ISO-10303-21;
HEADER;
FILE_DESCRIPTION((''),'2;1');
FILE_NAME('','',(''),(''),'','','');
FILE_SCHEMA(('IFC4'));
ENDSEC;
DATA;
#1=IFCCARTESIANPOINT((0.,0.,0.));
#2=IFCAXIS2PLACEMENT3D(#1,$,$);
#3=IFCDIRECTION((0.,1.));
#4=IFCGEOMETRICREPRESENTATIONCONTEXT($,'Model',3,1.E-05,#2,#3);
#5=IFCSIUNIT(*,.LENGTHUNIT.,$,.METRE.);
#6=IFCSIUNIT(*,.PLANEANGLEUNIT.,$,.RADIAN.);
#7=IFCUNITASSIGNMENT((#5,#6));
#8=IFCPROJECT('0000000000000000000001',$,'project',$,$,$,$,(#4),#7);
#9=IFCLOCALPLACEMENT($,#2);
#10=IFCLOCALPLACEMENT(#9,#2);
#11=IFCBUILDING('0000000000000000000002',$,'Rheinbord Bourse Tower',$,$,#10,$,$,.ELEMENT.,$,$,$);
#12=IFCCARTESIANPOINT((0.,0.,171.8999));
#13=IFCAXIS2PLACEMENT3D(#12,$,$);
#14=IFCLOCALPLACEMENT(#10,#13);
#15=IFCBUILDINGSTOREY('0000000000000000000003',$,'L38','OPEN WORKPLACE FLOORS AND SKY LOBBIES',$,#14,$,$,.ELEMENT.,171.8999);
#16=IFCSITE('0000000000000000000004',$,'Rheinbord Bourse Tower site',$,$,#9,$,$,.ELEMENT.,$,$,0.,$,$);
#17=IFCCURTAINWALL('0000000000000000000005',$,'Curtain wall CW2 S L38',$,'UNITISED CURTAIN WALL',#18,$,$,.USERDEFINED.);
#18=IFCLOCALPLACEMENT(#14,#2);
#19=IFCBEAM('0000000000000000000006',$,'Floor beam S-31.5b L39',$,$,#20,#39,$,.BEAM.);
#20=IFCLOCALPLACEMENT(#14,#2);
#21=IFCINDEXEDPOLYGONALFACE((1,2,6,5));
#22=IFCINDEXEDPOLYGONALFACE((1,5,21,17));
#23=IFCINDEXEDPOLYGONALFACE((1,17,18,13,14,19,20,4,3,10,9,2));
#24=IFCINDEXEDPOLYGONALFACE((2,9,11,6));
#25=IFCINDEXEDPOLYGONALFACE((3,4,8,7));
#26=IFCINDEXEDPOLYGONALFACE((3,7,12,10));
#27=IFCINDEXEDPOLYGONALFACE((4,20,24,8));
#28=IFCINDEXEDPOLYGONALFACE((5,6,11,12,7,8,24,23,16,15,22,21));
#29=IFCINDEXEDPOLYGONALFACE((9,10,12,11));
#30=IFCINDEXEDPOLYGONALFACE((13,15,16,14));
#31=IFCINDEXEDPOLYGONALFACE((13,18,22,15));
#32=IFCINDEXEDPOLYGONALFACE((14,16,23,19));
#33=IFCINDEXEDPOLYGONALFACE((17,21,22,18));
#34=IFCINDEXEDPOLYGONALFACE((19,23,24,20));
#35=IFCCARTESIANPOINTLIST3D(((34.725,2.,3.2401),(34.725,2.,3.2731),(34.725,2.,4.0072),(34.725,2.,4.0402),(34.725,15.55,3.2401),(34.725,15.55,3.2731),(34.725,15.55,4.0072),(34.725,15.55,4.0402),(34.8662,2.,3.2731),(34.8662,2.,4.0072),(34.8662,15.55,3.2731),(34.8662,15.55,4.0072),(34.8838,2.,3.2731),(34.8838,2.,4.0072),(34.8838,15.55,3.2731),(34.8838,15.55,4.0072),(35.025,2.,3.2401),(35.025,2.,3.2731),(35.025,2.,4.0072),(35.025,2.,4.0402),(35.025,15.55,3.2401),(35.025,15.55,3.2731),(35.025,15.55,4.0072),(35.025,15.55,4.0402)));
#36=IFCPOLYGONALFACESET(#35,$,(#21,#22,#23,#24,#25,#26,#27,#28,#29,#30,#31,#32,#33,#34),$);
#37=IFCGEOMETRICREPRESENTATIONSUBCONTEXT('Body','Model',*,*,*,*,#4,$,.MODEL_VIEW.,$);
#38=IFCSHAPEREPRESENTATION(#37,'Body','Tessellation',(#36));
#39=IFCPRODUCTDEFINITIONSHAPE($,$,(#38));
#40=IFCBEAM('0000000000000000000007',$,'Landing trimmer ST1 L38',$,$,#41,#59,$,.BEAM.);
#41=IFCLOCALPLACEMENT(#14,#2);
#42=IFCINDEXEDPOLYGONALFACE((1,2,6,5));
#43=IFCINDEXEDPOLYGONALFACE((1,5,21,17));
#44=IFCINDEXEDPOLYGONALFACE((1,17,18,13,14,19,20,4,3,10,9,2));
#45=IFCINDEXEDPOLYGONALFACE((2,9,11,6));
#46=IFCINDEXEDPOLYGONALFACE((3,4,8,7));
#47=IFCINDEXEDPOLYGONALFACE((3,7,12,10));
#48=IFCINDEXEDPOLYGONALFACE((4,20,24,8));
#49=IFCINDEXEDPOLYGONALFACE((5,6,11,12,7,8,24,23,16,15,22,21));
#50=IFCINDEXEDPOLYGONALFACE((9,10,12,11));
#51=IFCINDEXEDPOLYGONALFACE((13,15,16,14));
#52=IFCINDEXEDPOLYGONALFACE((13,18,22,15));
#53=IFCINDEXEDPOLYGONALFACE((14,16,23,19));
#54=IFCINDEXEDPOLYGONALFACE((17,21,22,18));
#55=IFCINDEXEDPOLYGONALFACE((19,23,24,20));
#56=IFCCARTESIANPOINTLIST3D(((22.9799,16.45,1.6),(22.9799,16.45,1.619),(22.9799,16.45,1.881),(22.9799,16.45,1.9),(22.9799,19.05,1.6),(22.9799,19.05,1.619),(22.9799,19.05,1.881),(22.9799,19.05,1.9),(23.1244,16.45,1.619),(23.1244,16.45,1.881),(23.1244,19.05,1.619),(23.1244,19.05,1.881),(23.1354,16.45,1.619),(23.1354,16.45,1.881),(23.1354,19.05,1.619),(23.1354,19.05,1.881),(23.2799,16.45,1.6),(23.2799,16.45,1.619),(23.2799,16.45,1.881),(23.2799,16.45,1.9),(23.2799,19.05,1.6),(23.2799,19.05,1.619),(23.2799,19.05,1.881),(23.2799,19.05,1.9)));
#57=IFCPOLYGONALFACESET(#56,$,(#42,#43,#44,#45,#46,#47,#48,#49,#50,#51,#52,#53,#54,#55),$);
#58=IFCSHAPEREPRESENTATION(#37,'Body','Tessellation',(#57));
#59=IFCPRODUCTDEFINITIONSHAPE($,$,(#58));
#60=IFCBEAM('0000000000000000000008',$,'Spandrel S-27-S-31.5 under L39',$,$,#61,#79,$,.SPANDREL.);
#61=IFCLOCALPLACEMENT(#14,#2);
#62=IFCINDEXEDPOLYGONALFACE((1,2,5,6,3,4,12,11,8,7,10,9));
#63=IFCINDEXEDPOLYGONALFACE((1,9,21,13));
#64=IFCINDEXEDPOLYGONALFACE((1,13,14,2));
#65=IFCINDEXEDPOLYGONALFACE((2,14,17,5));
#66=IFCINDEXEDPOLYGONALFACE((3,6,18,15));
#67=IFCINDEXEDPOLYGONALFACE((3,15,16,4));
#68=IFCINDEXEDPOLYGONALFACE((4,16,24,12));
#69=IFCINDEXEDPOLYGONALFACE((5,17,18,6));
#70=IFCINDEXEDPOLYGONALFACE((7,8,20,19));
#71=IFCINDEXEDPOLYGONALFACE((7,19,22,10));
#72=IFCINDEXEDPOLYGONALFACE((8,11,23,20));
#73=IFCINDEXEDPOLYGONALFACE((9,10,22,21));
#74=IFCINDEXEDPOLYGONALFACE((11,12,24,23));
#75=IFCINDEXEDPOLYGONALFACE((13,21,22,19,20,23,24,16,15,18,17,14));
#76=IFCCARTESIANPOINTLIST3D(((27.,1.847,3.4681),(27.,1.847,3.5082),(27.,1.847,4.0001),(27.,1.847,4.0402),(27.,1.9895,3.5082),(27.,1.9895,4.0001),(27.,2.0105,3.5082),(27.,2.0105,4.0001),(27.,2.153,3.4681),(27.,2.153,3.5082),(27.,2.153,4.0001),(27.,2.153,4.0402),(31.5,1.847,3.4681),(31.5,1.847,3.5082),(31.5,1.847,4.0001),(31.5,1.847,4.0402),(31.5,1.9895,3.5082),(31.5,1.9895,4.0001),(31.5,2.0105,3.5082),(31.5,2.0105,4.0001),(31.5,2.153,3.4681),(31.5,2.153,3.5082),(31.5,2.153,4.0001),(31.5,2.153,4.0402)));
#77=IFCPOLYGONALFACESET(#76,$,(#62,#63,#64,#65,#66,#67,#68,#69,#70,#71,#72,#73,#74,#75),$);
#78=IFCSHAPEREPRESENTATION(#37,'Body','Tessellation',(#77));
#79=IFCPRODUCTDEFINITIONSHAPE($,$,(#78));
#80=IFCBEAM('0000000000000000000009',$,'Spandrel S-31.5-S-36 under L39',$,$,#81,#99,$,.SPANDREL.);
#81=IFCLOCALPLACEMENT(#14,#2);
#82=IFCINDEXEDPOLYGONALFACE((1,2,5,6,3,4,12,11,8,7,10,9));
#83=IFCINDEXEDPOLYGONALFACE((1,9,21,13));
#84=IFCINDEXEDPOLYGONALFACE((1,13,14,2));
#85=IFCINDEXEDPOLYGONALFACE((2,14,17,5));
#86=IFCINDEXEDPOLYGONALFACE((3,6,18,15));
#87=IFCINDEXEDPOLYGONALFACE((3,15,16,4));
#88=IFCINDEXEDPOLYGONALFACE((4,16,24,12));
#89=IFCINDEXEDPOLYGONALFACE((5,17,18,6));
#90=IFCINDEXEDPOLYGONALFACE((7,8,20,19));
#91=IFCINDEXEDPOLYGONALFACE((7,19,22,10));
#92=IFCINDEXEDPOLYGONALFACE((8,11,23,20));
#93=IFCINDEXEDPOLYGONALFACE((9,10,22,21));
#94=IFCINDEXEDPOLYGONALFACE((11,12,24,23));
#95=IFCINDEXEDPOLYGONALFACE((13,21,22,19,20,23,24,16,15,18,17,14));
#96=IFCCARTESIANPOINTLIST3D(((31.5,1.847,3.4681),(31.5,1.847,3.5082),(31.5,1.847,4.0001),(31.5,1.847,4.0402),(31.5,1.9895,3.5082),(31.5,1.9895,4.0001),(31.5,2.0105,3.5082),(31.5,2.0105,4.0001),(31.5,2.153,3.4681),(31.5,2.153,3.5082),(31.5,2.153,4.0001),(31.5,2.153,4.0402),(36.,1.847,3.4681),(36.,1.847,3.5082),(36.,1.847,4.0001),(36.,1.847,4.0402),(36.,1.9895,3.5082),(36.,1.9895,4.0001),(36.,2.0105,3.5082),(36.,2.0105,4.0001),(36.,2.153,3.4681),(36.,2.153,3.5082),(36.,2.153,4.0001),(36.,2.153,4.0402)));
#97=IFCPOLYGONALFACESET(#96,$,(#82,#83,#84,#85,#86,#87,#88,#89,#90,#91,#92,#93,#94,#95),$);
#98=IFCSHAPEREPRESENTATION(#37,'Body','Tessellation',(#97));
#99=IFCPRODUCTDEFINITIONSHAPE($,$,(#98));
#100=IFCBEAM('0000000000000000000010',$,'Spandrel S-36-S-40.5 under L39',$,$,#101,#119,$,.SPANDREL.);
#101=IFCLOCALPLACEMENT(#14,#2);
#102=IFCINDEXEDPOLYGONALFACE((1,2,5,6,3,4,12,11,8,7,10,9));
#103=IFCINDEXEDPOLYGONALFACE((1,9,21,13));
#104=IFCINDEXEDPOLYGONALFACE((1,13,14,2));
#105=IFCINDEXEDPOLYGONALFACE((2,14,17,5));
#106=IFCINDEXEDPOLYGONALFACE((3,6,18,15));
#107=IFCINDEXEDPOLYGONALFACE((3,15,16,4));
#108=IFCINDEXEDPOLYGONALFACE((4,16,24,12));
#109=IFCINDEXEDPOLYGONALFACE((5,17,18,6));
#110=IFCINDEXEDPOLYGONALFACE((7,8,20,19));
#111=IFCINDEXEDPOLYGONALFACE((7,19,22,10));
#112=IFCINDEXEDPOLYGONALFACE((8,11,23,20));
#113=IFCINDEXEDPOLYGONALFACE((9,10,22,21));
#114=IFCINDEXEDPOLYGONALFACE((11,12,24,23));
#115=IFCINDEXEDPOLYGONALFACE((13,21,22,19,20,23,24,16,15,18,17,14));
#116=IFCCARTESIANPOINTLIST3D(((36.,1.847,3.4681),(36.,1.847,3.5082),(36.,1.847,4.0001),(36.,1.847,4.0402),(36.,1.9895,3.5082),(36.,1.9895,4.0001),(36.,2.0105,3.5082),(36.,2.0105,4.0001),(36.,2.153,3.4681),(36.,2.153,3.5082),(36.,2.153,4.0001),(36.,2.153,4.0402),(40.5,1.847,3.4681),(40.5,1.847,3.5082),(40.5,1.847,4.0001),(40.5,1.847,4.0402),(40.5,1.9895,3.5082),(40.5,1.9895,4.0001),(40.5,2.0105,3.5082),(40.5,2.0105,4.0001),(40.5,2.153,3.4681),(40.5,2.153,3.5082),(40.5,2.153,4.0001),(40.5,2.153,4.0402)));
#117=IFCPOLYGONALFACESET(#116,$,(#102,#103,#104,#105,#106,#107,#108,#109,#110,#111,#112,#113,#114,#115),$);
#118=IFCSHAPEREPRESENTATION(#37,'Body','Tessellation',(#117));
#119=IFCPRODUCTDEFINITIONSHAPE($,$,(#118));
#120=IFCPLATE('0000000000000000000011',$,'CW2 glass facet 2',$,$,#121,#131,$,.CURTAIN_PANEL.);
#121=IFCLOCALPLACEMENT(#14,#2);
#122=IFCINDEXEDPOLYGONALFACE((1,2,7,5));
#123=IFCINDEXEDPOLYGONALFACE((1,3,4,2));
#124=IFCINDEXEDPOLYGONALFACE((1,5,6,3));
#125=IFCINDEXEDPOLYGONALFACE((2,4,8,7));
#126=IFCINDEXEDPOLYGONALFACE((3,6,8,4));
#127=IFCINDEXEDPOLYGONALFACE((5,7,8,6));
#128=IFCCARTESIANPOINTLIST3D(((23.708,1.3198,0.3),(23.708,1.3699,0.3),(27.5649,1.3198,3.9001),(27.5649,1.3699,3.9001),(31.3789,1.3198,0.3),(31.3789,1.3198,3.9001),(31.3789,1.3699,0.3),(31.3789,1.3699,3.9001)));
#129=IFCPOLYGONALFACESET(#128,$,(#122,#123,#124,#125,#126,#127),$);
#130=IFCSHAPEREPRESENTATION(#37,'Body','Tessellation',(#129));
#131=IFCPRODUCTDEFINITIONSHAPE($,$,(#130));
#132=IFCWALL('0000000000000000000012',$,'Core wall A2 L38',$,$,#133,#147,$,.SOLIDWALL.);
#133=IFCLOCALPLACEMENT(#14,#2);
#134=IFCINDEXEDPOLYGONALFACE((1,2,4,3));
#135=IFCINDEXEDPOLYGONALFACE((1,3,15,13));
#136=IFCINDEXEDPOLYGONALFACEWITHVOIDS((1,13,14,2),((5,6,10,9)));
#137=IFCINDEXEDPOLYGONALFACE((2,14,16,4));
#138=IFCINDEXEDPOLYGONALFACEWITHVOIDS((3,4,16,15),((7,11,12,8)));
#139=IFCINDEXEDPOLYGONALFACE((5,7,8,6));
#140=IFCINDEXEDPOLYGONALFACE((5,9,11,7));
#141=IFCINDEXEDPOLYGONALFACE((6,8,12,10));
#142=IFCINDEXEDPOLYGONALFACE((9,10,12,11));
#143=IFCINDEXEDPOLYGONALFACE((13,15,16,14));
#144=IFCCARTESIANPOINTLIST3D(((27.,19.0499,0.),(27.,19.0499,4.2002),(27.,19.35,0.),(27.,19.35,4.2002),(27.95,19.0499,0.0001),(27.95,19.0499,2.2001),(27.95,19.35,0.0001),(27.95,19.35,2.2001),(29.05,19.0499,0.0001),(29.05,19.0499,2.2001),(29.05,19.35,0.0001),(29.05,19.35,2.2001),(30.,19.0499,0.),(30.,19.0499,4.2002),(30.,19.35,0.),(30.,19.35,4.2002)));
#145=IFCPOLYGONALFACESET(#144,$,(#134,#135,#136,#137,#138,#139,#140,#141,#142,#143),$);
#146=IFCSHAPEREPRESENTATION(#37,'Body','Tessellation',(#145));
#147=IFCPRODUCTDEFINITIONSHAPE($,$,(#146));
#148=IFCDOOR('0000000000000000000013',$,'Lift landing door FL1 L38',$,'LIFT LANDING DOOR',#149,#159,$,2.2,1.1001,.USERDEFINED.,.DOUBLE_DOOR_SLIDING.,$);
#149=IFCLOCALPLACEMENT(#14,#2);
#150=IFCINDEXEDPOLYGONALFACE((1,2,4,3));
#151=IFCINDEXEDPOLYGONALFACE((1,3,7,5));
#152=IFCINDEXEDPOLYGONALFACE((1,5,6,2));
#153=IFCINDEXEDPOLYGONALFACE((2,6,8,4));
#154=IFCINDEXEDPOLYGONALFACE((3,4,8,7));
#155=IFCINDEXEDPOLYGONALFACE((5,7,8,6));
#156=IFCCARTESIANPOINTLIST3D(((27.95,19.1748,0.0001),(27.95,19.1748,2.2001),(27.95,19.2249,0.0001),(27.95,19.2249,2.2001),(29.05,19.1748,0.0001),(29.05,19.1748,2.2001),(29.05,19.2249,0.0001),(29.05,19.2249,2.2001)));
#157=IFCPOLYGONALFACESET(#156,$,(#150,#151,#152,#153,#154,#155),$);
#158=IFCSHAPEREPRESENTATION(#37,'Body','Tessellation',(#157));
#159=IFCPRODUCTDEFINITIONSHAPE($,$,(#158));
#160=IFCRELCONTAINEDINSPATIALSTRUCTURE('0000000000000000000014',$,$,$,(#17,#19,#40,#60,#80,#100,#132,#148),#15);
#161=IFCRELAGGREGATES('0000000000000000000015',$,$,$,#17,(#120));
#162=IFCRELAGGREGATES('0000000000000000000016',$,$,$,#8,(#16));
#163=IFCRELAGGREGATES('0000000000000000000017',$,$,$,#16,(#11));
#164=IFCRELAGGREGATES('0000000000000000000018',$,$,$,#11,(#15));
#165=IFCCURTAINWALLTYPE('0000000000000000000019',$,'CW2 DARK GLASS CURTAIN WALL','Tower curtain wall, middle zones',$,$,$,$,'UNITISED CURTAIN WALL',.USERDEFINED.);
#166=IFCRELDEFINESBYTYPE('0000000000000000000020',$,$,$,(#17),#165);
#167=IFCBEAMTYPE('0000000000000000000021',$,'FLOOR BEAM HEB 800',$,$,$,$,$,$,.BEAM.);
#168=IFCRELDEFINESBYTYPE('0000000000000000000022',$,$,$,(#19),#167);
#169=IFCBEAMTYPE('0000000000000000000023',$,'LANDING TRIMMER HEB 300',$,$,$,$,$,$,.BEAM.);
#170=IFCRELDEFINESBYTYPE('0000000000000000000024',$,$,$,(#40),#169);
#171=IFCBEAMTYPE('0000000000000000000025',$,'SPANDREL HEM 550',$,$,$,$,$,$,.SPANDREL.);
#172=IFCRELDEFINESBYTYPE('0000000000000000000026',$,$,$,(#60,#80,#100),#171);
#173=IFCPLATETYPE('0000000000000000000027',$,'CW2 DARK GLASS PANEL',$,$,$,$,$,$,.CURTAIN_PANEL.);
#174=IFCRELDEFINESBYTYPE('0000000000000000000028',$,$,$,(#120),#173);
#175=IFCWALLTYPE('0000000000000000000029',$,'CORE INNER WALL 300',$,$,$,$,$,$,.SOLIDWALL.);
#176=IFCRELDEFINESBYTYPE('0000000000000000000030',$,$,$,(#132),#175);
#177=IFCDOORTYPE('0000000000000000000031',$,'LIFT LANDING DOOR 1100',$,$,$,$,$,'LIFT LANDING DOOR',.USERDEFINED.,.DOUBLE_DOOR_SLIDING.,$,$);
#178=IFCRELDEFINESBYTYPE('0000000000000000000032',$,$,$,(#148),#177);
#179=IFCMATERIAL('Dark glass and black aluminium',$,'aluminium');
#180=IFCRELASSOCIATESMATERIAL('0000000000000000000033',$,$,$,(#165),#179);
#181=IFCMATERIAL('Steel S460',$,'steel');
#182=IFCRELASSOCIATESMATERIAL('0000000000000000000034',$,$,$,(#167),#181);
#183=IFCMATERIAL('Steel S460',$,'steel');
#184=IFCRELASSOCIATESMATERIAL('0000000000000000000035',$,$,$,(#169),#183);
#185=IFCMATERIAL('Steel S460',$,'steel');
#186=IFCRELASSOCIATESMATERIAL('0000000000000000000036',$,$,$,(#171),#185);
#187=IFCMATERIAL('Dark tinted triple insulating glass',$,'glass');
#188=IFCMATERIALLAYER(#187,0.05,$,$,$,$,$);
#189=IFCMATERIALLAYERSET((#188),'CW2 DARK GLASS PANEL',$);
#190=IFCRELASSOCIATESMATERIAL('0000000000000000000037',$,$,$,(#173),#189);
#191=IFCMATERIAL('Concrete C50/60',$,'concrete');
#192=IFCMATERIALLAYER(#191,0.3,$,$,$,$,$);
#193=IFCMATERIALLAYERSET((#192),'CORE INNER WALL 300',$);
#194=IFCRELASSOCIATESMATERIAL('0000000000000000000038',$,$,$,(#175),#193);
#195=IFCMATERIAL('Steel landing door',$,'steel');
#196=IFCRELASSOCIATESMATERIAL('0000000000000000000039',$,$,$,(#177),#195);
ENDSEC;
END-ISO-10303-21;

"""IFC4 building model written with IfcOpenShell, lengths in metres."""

from ifc_helpers import new_model, si_unit, direction, frame, frame_2d, origin, origin_2d, place, context, subcontext, project, spatial, polyline, rectangle, i_section, outline, extrude, material, layer, layer_set, material_profile, profile_set, type_object, element, fill, aggregate, save


model = new_model("IFC4")

# Units and contexts
model_context = context("Model", 3, precision=1e-05, world=origin(), true_north=direction((0.0, 1.0)))
body_context = subcontext(model_context, "Body", "Model", "MODEL_VIEW")
ifc_project = project(units=[si_unit("LENGTHUNIT", "METRE"), si_unit("PLANEANGLEUNIT", "RADIAN")], contexts=[model_context])

# Site, building, storey
site_placement = place(None, origin())
site = spatial("IfcSite", under=ifc_project, at=site_placement, Name="Rheinbord Bourse Tower site", CompositionType="ELEMENT", RefElevation=0.0)
building_placement = place(site_placement, origin())
building = spatial("IfcBuilding", under=site, at=building_placement, Name="Rheinbord Bourse Tower", CompositionType="ELEMENT")
storey_placement = place(building_placement, frame((0.0, 0.0, 171.8999)))
storey = spatial("IfcBuildingStorey", under=building, at=storey_placement, Name="L38", Description="OPEN WORKPLACE FLOORS AND SKY LOBBIES", CompositionType="ELEMENT", Elevation=171.8999)

# Curtain wall
ifc_material_1 = material(Name="Dark glass and black aluminium", Category="aluminium")
curtain_wall_type = type_object("IfcCurtainWallType", Name="CW2 DARK GLASS CURTAIN WALL", Description="Tower curtain wall, middle zones", ElementType="UNITISED CURTAIN WALL", PredefinedType="USERDEFINED", material=ifc_material_1)
curtain_wall_placement = place(storey_placement, origin())
curtain_wall = element("IfcCurtainWall", 1, at=curtain_wall_placement, inside=storey, type_object=curtain_wall_type, Name="Curtain wall CW2 S L38", ObjectType="UNITISED CURTAIN WALL", PredefinedType="USERDEFINED")

# Beams
ifc_material_2 = material(Name="Steel S460", Category="steel")
ifc_material_profile_1 = material_profile(ifc_material_2, i_section(OverallWidth=0.3, OverallDepth=0.8, WebThickness=0.0176, FlangeThickness=0.033, at=origin_2d()), Name="HEB 800")
ifc_profile_set_1 = profile_set([ifc_material_profile_1], Name="Steel S460")
beam_type_1 = type_object("IfcBeamType", Name="FLOOR BEAM HEB 800", PredefinedType="BEAM", material=ifc_profile_set_1)
for number, where, z_axis, x_axis, name in (
    (2, (34.875, 2.0, 3.6401), (0.0, 1.0, 0.0), (-1.0, 0.0, 0.0), "Floor beam S-31.5b L39"),
):
    element("IfcBeam", number, at=place(storey_placement, frame(where, z_axis=z_axis, x_axis=x_axis)), inside=storey, type_object=beam_type_1, Name=name, PredefinedType="BEAM", context=body_context, shape_type="SweptSolid", body=[
        extrude(i_section(OverallWidth=0.3, OverallDepth=0.8, WebThickness=0.0176, FlangeThickness=0.033, at=origin_2d()), origin(), (0.0, 0.0, 1.0), 13.55),
    ])
ifc_material_3 = material(Name="Steel S460", Category="steel")
ifc_material_profile_2 = material_profile(ifc_material_3, i_section(OverallWidth=0.3, OverallDepth=0.3, WebThickness=0.011, FlangeThickness=0.019, at=origin_2d()), Name="HEB 300")
ifc_profile_set_2 = profile_set([ifc_material_profile_2], Name="Steel S460")
beam_type_2 = type_object("IfcBeamType", Name="LANDING TRIMMER HEB 300", PredefinedType="BEAM", material=ifc_profile_set_2)
beam_placement = place(storey_placement, frame((23.1299, 16.45, 1.75), z_axis=(0.0, 1.0, 0.0), x_axis=(-1.0, 0.0, 0.0)))
element("IfcBeam", 3, at=beam_placement, inside=storey, type_object=beam_type_2, Name="Landing trimmer ST1 L38", PredefinedType="BEAM", context=body_context, shape_type="SweptSolid", body=[
    extrude(i_section(OverallWidth=0.3, OverallDepth=0.3, WebThickness=0.011, FlangeThickness=0.019, at=origin_2d()), origin(), (0.0, 0.0, 1.0), 2.6001),
])
ifc_material_4 = material(Name="Steel S460", Category="steel")
ifc_material_profile_3 = material_profile(ifc_material_4, i_section(OverallWidth=0.3059, OverallDepth=0.572, WebThickness=0.021, FlangeThickness=0.04, at=origin_2d()), Name="HEM 550")
ifc_profile_set_3 = profile_set([ifc_material_profile_3], Name="Steel S460")
beam_type_3 = type_object("IfcBeamType", Name="SPANDREL HEM 550", PredefinedType="SPANDREL", material=ifc_profile_set_3)
for number, where, z_axis, x_axis, name in (
    (4, (27.0, 2.0, 3.7542), (1.0, 0.0, 0.0), (0.0, 1.0, 0.0), "Spandrel S-27-S-31.5 under L39"),
    (5, (31.5, 2.0, 3.7542), (1.0, 0.0, 0.0), (0.0, 1.0, 0.0), "Spandrel S-31.5-S-36 under L39"),
    (6, (36.0, 2.0, 3.7542), (1.0, 0.0, 0.0), (0.0, 1.0, 0.0), "Spandrel S-36-S-40.5 under L39"),
):
    element("IfcBeam", number, at=place(storey_placement, frame(where, z_axis=z_axis, x_axis=x_axis)), inside=storey, type_object=beam_type_3, Name=name, PredefinedType="SPANDREL", context=body_context, shape_type="SweptSolid", body=[
        extrude(i_section(OverallWidth=0.3059, OverallDepth=0.572, WebThickness=0.021, FlangeThickness=0.04, at=origin_2d()), origin(), (0.0, 0.0, 1.0), 4.5),
    ])

# Plate
ifc_material_5 = material(Name="Dark tinted triple insulating glass", Category="glass")
ifc_layer_1 = layer(ifc_material_5, 0.05)
ifc_layer_set_1 = layer_set([ifc_layer_1], Name="CW2 DARK GLASS PANEL")
plate_type = type_object("IfcPlateType", Name="CW2 DARK GLASS PANEL", PredefinedType="CURTAIN_PANEL", material=ifc_layer_set_1)
plate_placement = place(storey_placement, frame((31.3789, 1.3198, 3.9001), z_axis=(0.0, 1.0, 0.0), x_axis=(0.0, 0.0, -1.0)))
plate = element("IfcPlate", 7, at=plate_placement, type_object=plate_type, Name="CW2 glass facet 2", PredefinedType="CURTAIN_PANEL", context=body_context, shape_type="SweptSolid", body=[
    extrude(outline(polyline([(0.0, 0.0), (3.6001, 0.0), (3.6001, 7.6709), (0.0, 3.814), (0.0, 0.0)])), origin(), (0.0, 0.0, 1.0), 0.05),
])
aggregate(curtain_wall, [plate])

# Wall, opening, door
ifc_material_6 = material(Name="Concrete C50/60", Category="concrete")
ifc_layer_2 = layer(ifc_material_6, 0.3)
ifc_layer_set_2 = layer_set([ifc_layer_2], Name="CORE INNER WALL 300")
wall_type_1 = type_object("IfcWallType", Name="CORE INNER WALL 300", PredefinedType="SOLIDWALL", material=ifc_layer_set_2)
wall_1_placement = place(storey_placement, frame((27.0, 19.2, 0.0), z_axis=(0.0, 0.0, 1.0), x_axis=(1.0, 0.0, 0.0)))
wall_1 = element("IfcWall", 8, at=wall_1_placement, inside=storey, type_object=wall_type_1, Name="Core wall A2 L38", PredefinedType="SOLIDWALL", context=body_context, shape_type="SweptSolid", body=[
    extrude(rectangle(XDim=3.0, YDim=0.3, at=frame_2d((1.5, 0.0))), origin(), (0.0, 0.0, 1.0), 4.2002),
])
opening_1_placement = place(wall_1_placement, frame((0.95, 0.0, 0.0)))
opening_1 = element("IfcOpeningElement", 9, at=opening_1_placement, cuts=wall_1, PredefinedType="OPENING", context=body_context, shape_type="SweptSolid", body=[
    extrude(rectangle(XDim=1.1001, YDim=2.2, at=frame_2d((0.55, 1.1001))), frame((0.0, 0.1599, 0.0), z_axis=(0.0, -1.0, 0.0), x_axis=(1.0, 0.0, 0.0)), (0.0, 0.0, 1.0), 0.3201),
])
ifc_material_7 = material(Name="Steel landing door", Category="steel")
door_type_1 = type_object("IfcDoorType", Name="LIFT LANDING DOOR 1100", ElementType="LIFT LANDING DOOR", OperationType="DOUBLE_DOOR_SLIDING", PredefinedType="USERDEFINED", material=ifc_material_7)
door_1_placement = place(opening_1_placement, origin())
door_1 = element("IfcDoor", 10, at=door_1_placement, inside=storey, type_object=door_type_1, Name="Lift landing door FL1 L38", ObjectType="LIFT LANDING DOOR", OperationType="DOUBLE_DOOR_SLIDING", OverallHeight=2.2, OverallWidth=1.1001, PredefinedType="USERDEFINED", context=body_context, shape_type="SweptSolid", body=[
    extrude(rectangle(XDim=1.1001, YDim=2.2, at=frame_2d((0.55, 1.1001))), frame((0.0, 0.0249, 0.0), z_axis=(0.0, -1.0, 0.0), x_axis=(1.0, 0.0, 0.0)), (0.0, 0.0, 1.0), 0.05),
])
fill(opening_1, door_1)

save(model, "model.ifc")
